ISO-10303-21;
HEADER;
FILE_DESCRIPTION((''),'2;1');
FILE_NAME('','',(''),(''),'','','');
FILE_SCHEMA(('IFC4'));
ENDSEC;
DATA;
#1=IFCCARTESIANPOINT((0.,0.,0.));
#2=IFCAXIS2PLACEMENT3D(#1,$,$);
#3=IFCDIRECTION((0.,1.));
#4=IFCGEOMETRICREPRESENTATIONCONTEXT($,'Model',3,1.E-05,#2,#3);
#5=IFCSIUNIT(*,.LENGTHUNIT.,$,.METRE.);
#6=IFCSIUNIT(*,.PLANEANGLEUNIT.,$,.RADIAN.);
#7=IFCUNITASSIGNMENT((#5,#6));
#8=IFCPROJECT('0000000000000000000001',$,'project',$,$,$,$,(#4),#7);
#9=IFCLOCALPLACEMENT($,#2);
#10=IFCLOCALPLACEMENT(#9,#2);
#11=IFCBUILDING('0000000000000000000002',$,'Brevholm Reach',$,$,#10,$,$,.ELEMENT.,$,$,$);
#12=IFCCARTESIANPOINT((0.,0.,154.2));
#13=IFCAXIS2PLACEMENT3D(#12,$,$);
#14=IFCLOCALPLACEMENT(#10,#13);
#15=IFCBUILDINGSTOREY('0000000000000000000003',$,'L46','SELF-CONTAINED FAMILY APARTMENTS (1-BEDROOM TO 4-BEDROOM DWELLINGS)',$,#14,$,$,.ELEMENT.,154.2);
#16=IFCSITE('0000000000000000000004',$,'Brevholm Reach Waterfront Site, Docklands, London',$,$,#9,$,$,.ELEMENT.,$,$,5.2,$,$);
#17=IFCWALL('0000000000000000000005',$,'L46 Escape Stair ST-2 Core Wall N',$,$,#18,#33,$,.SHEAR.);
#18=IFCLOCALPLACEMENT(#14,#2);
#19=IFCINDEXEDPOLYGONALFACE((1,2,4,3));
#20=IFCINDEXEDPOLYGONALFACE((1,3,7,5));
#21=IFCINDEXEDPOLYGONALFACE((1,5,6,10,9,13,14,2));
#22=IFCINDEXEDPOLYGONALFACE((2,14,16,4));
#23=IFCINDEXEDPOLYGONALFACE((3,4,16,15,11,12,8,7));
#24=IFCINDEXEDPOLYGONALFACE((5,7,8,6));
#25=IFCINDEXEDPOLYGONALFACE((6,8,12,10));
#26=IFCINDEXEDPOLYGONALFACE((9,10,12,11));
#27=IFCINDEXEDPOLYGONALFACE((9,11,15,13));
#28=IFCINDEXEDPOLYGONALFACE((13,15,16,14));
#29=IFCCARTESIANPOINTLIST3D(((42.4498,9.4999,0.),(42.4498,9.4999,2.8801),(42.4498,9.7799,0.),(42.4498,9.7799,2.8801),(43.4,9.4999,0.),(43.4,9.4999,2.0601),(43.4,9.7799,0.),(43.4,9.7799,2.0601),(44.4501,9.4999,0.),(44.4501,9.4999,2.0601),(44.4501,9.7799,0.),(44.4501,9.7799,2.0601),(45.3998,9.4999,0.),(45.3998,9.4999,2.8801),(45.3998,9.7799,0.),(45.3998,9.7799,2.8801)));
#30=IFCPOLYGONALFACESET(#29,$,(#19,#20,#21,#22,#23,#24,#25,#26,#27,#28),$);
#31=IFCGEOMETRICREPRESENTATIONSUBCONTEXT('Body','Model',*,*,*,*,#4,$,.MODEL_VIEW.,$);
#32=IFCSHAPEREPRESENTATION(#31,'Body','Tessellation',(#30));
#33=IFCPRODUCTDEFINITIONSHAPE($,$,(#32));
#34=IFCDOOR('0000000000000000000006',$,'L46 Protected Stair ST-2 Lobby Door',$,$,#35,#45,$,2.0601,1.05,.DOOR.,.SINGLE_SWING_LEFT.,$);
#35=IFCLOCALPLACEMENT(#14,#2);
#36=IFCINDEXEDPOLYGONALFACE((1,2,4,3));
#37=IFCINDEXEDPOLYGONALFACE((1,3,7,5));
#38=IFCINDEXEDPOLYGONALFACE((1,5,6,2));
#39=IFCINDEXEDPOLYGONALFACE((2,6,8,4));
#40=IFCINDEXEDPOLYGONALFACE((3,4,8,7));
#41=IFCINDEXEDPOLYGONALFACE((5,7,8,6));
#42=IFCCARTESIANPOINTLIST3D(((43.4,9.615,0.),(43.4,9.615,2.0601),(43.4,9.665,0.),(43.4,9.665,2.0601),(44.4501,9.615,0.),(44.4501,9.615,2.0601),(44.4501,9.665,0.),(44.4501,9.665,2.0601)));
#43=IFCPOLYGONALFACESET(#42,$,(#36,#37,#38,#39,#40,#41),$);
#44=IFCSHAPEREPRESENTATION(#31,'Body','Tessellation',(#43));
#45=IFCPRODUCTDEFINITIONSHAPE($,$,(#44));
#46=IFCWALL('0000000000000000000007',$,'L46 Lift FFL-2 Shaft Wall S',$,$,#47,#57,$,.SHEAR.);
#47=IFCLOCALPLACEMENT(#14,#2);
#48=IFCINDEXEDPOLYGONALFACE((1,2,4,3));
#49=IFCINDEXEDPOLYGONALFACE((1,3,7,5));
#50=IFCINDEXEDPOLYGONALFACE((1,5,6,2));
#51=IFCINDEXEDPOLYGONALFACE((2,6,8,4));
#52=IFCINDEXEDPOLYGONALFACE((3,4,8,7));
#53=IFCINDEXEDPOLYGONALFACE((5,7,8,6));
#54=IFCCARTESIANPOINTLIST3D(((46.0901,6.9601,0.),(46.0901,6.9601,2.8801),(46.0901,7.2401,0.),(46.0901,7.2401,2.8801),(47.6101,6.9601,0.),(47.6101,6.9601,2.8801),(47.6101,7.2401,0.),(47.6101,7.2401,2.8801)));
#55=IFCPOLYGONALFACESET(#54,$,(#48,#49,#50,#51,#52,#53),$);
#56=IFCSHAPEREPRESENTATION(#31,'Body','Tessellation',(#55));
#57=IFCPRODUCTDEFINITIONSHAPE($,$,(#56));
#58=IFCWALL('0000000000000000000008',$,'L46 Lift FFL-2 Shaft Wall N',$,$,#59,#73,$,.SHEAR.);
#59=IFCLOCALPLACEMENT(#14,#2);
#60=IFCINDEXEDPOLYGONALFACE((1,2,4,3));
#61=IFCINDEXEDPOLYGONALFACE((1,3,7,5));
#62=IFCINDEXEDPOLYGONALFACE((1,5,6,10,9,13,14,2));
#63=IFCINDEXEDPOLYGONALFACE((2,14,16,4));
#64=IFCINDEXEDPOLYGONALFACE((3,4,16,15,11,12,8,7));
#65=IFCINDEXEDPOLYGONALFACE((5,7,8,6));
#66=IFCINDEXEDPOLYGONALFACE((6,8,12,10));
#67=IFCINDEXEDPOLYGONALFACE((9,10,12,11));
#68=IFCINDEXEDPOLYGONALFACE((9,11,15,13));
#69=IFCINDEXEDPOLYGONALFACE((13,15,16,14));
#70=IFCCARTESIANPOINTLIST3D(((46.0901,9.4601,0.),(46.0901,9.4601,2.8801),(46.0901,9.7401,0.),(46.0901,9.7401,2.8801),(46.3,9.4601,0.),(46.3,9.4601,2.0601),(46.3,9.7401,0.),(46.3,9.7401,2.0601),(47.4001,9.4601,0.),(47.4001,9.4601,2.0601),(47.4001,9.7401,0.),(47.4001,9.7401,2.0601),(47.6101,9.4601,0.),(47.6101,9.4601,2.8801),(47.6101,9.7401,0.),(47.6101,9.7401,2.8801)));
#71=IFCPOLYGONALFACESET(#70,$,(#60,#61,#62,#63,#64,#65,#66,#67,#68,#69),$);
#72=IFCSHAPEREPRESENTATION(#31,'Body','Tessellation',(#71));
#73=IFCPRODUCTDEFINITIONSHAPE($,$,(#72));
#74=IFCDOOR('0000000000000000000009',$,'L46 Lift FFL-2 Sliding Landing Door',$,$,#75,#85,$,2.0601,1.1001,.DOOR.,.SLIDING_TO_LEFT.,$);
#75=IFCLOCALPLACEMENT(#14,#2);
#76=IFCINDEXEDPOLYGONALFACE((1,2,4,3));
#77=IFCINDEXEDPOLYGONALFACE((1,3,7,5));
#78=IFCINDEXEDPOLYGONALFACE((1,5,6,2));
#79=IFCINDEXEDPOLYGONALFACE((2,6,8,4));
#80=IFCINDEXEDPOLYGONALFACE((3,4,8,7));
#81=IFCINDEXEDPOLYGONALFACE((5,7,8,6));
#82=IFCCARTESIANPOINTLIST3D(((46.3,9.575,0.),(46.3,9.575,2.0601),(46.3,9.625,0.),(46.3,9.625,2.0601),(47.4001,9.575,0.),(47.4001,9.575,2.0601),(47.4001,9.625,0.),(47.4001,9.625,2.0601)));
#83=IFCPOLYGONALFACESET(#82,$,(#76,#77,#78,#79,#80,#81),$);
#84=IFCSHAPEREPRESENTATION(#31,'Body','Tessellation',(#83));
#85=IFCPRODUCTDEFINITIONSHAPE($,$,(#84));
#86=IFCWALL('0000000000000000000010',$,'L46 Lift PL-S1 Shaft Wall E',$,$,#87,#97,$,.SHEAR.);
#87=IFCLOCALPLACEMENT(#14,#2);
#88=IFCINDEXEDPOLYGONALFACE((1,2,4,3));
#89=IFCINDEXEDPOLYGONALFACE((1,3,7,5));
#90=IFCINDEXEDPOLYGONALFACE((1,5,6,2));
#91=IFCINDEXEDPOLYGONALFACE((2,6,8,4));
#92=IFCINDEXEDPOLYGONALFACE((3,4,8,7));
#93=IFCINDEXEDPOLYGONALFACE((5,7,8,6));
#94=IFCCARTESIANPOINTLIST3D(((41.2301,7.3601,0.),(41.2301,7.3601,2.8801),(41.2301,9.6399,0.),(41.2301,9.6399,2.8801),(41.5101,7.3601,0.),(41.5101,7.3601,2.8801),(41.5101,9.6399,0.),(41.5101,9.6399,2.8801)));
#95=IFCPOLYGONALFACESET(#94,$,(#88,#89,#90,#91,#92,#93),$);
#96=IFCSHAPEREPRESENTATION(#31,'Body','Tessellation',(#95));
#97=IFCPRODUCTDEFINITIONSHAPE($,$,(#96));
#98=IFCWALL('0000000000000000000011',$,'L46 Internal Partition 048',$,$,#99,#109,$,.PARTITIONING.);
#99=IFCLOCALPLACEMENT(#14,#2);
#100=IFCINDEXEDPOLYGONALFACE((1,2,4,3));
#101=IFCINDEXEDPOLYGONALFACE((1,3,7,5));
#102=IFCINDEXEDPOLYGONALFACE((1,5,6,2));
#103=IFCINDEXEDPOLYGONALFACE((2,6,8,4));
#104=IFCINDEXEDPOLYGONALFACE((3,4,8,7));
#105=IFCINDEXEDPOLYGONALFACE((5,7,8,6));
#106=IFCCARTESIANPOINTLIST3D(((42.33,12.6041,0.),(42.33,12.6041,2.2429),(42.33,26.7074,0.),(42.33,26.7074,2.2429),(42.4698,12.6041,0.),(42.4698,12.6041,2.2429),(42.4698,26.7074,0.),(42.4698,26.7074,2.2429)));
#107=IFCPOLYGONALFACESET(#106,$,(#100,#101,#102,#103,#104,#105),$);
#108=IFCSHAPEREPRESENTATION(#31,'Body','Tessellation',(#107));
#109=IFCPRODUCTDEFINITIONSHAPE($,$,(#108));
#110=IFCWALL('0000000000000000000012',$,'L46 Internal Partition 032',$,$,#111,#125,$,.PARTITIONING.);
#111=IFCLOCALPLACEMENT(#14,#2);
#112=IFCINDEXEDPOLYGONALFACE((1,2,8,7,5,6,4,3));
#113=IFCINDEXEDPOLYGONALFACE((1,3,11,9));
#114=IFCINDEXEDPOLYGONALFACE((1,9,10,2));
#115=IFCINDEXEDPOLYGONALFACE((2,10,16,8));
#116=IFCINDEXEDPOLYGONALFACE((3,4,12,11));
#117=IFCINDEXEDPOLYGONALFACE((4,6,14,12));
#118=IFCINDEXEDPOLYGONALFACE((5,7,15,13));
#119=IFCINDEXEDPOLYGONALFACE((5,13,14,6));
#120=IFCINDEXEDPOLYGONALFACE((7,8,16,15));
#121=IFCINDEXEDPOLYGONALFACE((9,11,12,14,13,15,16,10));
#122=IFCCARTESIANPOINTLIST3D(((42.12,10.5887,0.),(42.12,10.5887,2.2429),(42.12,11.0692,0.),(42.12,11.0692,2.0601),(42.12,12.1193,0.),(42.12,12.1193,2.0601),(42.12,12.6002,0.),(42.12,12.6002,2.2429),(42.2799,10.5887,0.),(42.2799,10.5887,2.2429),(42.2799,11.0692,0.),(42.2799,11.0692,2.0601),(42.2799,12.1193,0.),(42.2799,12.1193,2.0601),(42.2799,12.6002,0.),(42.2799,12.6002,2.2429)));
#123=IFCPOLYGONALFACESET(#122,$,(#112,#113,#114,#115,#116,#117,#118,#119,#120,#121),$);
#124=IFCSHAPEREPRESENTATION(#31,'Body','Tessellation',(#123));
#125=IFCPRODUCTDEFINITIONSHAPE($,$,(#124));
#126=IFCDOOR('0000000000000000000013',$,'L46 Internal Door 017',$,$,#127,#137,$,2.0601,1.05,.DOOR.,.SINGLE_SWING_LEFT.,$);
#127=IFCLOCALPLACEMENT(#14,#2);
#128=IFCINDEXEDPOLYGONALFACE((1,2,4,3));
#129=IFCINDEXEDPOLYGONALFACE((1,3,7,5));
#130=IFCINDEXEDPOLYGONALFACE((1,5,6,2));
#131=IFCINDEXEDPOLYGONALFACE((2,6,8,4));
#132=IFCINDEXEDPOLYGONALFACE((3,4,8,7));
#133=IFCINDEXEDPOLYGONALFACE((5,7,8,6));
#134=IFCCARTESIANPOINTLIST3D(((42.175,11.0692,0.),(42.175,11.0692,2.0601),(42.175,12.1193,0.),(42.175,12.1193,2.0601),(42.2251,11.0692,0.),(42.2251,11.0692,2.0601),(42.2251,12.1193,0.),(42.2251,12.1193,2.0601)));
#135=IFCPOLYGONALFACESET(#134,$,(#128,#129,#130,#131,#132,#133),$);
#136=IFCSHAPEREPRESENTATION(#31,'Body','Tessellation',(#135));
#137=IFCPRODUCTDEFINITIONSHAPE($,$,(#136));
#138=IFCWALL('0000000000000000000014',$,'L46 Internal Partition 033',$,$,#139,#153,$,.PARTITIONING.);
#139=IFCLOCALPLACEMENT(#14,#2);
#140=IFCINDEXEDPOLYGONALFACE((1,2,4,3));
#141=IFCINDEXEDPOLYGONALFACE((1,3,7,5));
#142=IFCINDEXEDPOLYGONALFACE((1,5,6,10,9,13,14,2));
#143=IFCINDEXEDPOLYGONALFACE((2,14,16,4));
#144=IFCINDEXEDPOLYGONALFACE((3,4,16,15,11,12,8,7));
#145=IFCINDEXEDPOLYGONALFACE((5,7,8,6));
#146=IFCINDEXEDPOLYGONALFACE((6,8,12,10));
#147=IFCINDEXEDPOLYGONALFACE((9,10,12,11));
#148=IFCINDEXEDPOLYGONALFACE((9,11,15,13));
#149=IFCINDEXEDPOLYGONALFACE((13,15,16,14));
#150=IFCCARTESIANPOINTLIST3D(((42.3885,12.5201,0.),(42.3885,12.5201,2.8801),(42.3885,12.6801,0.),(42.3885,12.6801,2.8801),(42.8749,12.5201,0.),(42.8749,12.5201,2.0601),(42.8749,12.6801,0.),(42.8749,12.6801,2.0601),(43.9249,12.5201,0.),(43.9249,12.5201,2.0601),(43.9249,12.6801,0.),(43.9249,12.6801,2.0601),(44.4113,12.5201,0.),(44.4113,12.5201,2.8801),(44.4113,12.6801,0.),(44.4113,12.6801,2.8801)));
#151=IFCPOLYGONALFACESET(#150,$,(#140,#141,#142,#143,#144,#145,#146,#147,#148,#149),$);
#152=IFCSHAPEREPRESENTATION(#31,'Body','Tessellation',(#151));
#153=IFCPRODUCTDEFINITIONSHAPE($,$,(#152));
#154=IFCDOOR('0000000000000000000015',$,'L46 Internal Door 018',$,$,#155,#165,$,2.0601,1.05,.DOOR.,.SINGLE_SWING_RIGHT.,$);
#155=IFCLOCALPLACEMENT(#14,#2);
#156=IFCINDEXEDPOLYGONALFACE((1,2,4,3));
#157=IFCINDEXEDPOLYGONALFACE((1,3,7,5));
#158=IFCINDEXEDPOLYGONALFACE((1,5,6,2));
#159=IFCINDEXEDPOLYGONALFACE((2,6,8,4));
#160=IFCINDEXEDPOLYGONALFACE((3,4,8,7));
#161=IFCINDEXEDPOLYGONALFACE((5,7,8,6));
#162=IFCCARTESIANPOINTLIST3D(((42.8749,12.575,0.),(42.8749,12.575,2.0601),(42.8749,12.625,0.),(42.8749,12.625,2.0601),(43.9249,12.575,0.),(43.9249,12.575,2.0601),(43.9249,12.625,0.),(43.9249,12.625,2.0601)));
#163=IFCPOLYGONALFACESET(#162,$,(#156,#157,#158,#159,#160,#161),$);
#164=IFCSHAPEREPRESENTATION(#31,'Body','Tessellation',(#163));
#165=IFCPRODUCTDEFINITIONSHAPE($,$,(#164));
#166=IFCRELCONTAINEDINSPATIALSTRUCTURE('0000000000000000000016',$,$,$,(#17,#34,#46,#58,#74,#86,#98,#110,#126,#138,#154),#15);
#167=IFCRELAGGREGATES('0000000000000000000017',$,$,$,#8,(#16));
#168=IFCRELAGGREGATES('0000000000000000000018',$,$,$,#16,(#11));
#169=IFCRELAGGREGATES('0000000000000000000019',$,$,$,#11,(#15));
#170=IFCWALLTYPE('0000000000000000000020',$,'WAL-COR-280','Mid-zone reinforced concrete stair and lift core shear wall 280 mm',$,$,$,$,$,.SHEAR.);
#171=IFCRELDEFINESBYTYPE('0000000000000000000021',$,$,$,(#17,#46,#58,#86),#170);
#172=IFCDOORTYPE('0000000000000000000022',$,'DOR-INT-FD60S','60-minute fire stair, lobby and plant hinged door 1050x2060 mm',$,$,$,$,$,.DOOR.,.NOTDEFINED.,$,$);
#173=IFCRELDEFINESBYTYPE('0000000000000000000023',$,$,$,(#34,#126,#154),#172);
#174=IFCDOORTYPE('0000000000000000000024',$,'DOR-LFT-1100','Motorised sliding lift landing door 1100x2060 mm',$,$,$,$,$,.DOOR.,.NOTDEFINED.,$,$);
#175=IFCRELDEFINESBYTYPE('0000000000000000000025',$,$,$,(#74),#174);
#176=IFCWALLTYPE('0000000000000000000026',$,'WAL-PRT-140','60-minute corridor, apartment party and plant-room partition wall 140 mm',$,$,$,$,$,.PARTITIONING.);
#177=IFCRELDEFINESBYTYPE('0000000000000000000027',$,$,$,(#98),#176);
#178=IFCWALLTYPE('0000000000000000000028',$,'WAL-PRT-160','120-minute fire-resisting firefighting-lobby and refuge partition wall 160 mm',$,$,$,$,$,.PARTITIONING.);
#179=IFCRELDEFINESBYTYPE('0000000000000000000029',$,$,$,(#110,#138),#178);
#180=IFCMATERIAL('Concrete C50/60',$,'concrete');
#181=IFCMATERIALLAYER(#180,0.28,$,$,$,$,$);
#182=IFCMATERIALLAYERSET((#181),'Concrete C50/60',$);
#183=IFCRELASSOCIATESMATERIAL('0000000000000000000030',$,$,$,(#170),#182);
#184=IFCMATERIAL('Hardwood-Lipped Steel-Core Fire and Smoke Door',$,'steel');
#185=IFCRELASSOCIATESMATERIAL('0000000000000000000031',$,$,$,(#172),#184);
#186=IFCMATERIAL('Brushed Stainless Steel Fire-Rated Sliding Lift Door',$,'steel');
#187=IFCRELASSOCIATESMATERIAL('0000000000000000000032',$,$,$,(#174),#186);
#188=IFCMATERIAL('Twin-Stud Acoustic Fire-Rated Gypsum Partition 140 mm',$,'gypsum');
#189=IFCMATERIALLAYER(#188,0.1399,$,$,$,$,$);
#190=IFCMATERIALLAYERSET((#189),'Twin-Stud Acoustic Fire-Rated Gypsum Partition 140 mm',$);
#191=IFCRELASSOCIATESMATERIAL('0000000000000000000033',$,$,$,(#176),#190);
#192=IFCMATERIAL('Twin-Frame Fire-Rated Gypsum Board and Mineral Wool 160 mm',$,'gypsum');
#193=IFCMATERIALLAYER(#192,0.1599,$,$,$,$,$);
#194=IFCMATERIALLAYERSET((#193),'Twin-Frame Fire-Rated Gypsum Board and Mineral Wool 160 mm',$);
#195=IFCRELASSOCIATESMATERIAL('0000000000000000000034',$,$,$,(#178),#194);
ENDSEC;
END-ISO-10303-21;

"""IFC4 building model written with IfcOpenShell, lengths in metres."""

from ifc_helpers import new_model, si_unit, direction, frame, frame_2d, origin, place, context, subcontext, project, spatial, rectangle, extrude, material, layer, layer_set, type_object, element, fill, save


model = new_model("IFC4")

# Units and contexts
model_context = context("Model", 3, precision=1e-05, world=origin(), true_north=direction((0.0, 1.0)))
body_context = subcontext(model_context, "Body", "Model", "MODEL_VIEW")
ifc_project = project(units=[si_unit("LENGTHUNIT", "METRE"), si_unit("PLANEANGLEUNIT", "RADIAN")], contexts=[model_context])

# Site, building, storey
site_placement = place(None, origin())
site = spatial("IfcSite", under=ifc_project, at=site_placement, Name="Brevholm Reach Waterfront Site, Docklands, London", CompositionType="ELEMENT", RefElevation=5.2)
building_placement = place(site_placement, origin())
building = spatial("IfcBuilding", under=site, at=building_placement, Name="Brevholm Reach", CompositionType="ELEMENT")
storey_placement = place(building_placement, frame((0.0, 0.0, 154.2)))
storey = spatial("IfcBuildingStorey", under=building, at=storey_placement, Name="L46", Description="SELF-CONTAINED FAMILY APARTMENTS (1-BEDROOM TO 4-BEDROOM DWELLINGS)", CompositionType="ELEMENT", Elevation=154.2)

# Wall, opening, door
ifc_material_1 = material(Name="Concrete C50/60", Category="concrete")
ifc_layer_1 = layer(ifc_material_1, 0.28)
ifc_layer_set_1 = layer_set([ifc_layer_1], Name="Concrete C50/60")
wall_type_1 = type_object("IfcWallType", Name="WAL-COR-280", Description="Mid-zone reinforced concrete stair and lift core shear wall 280 mm", PredefinedType="SHEAR", material=ifc_layer_set_1)
wall_1_placement = place(storey_placement, frame((45.3999, 9.6399, 0.0), z_axis=(0.0, 0.0, 1.0), x_axis=(-1.0, 0.0, 0.0)))
wall_1 = element("IfcWall", 1, at=wall_1_placement, inside=storey, type_object=wall_type_1, Name="L46 Escape Stair ST-2 Core Wall N", PredefinedType="SHEAR", context=body_context, shape_type="SweptSolid", body=[
    extrude(rectangle(XDim=2.95, YDim=0.28, at=frame_2d((1.4751, 0.0))), origin(), (0.0, 0.0, 1.0), 2.8801),
])
opening_1_placement = place(wall_1_placement, frame((0.95, 0.0, 0.0)))
opening_1 = element("IfcOpeningElement", 2, at=opening_1_placement, cuts=wall_1, PredefinedType="OPENING", context=body_context, shape_type="SweptSolid", body=[
    extrude(rectangle(XDim=1.05, YDim=2.0601, at=frame_2d((0.5249, 1.03))), frame((0.0, 0.1499, 0.0), z_axis=(0.0, -1.0, 0.0), x_axis=(1.0, 0.0, 0.0)), (0.0, 0.0, 1.0), 0.3),
])
ifc_material_2 = material(Name="Hardwood-Lipped Steel-Core Fire and Smoke Door", Category="steel")
door_type_1 = type_object("IfcDoorType", Name="DOR-INT-FD60S", Description="60-minute fire stair, lobby and plant hinged door 1050x2060 mm", OperationType="NOTDEFINED", PredefinedType="DOOR", material=ifc_material_2)
door_1_placement = place(opening_1_placement, origin())
door_1 = element("IfcDoor", 3, at=door_1_placement, inside=storey, type_object=door_type_1, Name="L46 Protected Stair ST-2 Lobby Door", OperationType="SINGLE_SWING_LEFT", OverallHeight=2.0601, OverallWidth=1.05, PredefinedType="DOOR", context=body_context, shape_type="SweptSolid", body=[
    extrude(rectangle(XDim=1.05, YDim=2.0601, at=frame_2d((0.5249, 1.03))), frame((0.0, 0.0249, 0.0), z_axis=(0.0, -1.0, 0.0), x_axis=(1.0, 0.0, 0.0)), (0.0, 0.0, 1.0), 0.05),
])
fill(opening_1, door_1)

# Wall
wall_2_placement = place(storey_placement, frame((46.0901, 7.1001, 0.0), z_axis=(0.0, 0.0, 1.0), x_axis=(1.0, 0.0, 0.0)))
element("IfcWall", 4, at=wall_2_placement, inside=storey, type_object=wall_type_1, Name="L46 Lift FFL-2 Shaft Wall S", PredefinedType="SHEAR", context=body_context, shape_type="SweptSolid", body=[
    extrude(rectangle(XDim=1.52, YDim=0.28, at=frame_2d((0.76, 0.0))), origin(), (0.0, 0.0, 1.0), 2.8801),
])

# Wall, opening, door
wall_3_placement = place(storey_placement, frame((46.0901, 9.6001, 0.0), z_axis=(0.0, 0.0, 1.0), x_axis=(1.0, 0.0, 0.0)))
wall_3 = element("IfcWall", 5, at=wall_3_placement, inside=storey, type_object=wall_type_1, Name="L46 Lift FFL-2 Shaft Wall N", PredefinedType="SHEAR", context=body_context, shape_type="SweptSolid", body=[
    extrude(rectangle(XDim=1.52, YDim=0.28, at=frame_2d((0.76, 0.0))), origin(), (0.0, 0.0, 1.0), 2.8801),
])
opening_2_placement = place(wall_3_placement, frame((0.21, 0.0, 0.0)))
opening_2 = element("IfcOpeningElement", 6, at=opening_2_placement, cuts=wall_3, PredefinedType="OPENING", context=body_context, shape_type="SweptSolid", body=[
    extrude(rectangle(XDim=1.1001, YDim=2.0601, at=frame_2d((0.55, 1.03))), frame((0.0, 0.1499, 0.0), z_axis=(0.0, -1.0, 0.0), x_axis=(1.0, 0.0, 0.0)), (0.0, 0.0, 1.0), 0.3),
])
ifc_material_3 = material(Name="Brushed Stainless Steel Fire-Rated Sliding Lift Door", Category="steel")
door_type_2 = type_object("IfcDoorType", Name="DOR-LFT-1100", Description="Motorised sliding lift landing door 1100x2060 mm", OperationType="NOTDEFINED", PredefinedType="DOOR", material=ifc_material_3)
door_2_placement = place(opening_2_placement, origin())
door_2 = element("IfcDoor", 7, at=door_2_placement, inside=storey, type_object=door_type_2, Name="L46 Lift FFL-2 Sliding Landing Door", OperationType="SLIDING_TO_LEFT", OverallHeight=2.0601, OverallWidth=1.1001, PredefinedType="DOOR", context=body_context, shape_type="SweptSolid", body=[
    extrude(rectangle(XDim=1.1001, YDim=2.0601, at=frame_2d((0.55, 1.03))), frame((0.0, 0.0249, 0.0), z_axis=(0.0, -1.0, 0.0), x_axis=(1.0, 0.0, 0.0)), (0.0, 0.0, 1.0), 0.05),
])
fill(opening_2, door_2)

# Walls
wall_4_placement = place(storey_placement, frame((41.3701, 7.3601, 0.0), z_axis=(0.0, 0.0, 1.0), x_axis=(0.0, 1.0, 0.0)))
element("IfcWall", 8, at=wall_4_placement, inside=storey, type_object=wall_type_1, Name="L46 Lift PL-S1 Shaft Wall E", PredefinedType="SHEAR", context=body_context, shape_type="SweptSolid", body=[
    extrude(rectangle(XDim=2.2798, YDim=0.28, at=frame_2d((1.1399, 0.0))), origin(), (0.0, 0.0, 1.0), 2.8801),
])
ifc_material_4 = material(Name="Twin-Stud Acoustic Fire-Rated Gypsum Partition 140 mm", Category="gypsum")
ifc_layer_2 = layer(ifc_material_4, 0.1399)
ifc_layer_set_2 = layer_set([ifc_layer_2], Name="Twin-Stud Acoustic Fire-Rated Gypsum Partition 140 mm")
wall_type_2 = type_object("IfcWallType", Name="WAL-PRT-140", Description="60-minute corridor, apartment party and plant-room partition wall 140 mm", PredefinedType="PARTITIONING", material=ifc_layer_set_2)
wall_5_placement = place(storey_placement, frame((42.3999, 12.604, 0.0), z_axis=(0.0, 0.0, 1.0), x_axis=(0.0, 1.0, 0.0)))
element("IfcWall", 9, at=wall_5_placement, inside=storey, type_object=wall_type_2, Name="L46 Internal Partition 048", PredefinedType="PARTITIONING", context=body_context, shape_type="SweptSolid", body=[
    extrude(rectangle(XDim=14.1033, YDim=0.1399, at=frame_2d((7.0518, 0.0))), origin(), (0.0, 0.0, 1.0), 2.2429),
])

# Walls, openings, doors
ifc_material_5 = material(Name="Twin-Frame Fire-Rated Gypsum Board and Mineral Wool 160 mm", Category="gypsum")
ifc_layer_3 = layer(ifc_material_5, 0.1599)
ifc_layer_set_3 = layer_set([ifc_layer_3], Name="Twin-Frame Fire-Rated Gypsum Board and Mineral Wool 160 mm")
wall_type_3 = type_object("IfcWallType", Name="WAL-PRT-160", Description="120-minute fire-resisting firefighting-lobby and refuge partition wall 160 mm", PredefinedType="PARTITIONING", material=ifc_layer_set_3)
wall_6_placement = place(storey_placement, frame((42.2, 10.5886, 0.0), z_axis=(0.0, 0.0, 1.0), x_axis=(0.0, 1.0, 0.0)))
wall_6 = element("IfcWall", 10, at=wall_6_placement, inside=storey, type_object=wall_type_3, Name="L46 Internal Partition 032", PredefinedType="PARTITIONING", context=body_context, shape_type="SweptSolid", body=[
    extrude(rectangle(XDim=2.0115, YDim=0.1599, at=frame_2d((1.0059, 0.0))), origin(), (0.0, 0.0, 1.0), 2.2429),
])
opening_3_placement = place(wall_6_placement, frame((0.4807, 0.0, 0.0)))
opening_3 = element("IfcOpeningElement", 11, at=opening_3_placement, cuts=wall_6, PredefinedType="OPENING", context=body_context, shape_type="SweptSolid", body=[
    extrude(rectangle(XDim=1.05, YDim=2.0601, at=frame_2d((0.5249, 1.03))), frame((0.0, 0.0898, 0.0), z_axis=(0.0, -1.0, 0.0), x_axis=(1.0, 0.0, 0.0)), (0.0, 0.0, 1.0), 0.1799),
])
door_3_placement = place(opening_3_placement, origin())
door_3 = element("IfcDoor", 12, at=door_3_placement, inside=storey, type_object=door_type_1, Name="L46 Internal Door 017", OperationType="SINGLE_SWING_LEFT", OverallHeight=2.0601, OverallWidth=1.05, PredefinedType="DOOR", context=body_context, shape_type="SweptSolid", body=[
    extrude(rectangle(XDim=1.05, YDim=2.0601, at=frame_2d((0.5249, 1.03))), frame((0.0, 0.0249, 0.0), z_axis=(0.0, -1.0, 0.0), x_axis=(1.0, 0.0, 0.0)), (0.0, 0.0, 1.0), 0.05),
])
fill(opening_3, door_3)
wall_7_placement = place(storey_placement, frame((42.3887, 12.6001, 0.0), z_axis=(0.0, 0.0, 1.0), x_axis=(1.0, 0.0, 0.0)))
wall_7 = element("IfcWall", 13, at=wall_7_placement, inside=storey, type_object=wall_type_3, Name="L46 Internal Partition 033", PredefinedType="PARTITIONING", context=body_context, shape_type="SweptSolid", body=[
    extrude(rectangle(XDim=2.0227, YDim=0.1599, at=frame_2d((1.0112, 0.0))), origin(), (0.0, 0.0, 1.0), 2.8801),
])
opening_4_placement = place(wall_7_placement, frame((0.4863, 0.0, 0.0)))
opening_4 = element("IfcOpeningElement", 14, at=opening_4_placement, cuts=wall_7, PredefinedType="OPENING", context=body_context, shape_type="SweptSolid", body=[
    extrude(rectangle(XDim=1.05, YDim=2.0601, at=frame_2d((0.5249, 1.03))), frame((0.0, 0.0898, 0.0), z_axis=(0.0, -1.0, 0.0), x_axis=(1.0, 0.0, 0.0)), (0.0, 0.0, 1.0), 0.1799),
])
door_4_placement = place(opening_4_placement, origin())
door_4 = element("IfcDoor", 15, at=door_4_placement, inside=storey, type_object=door_type_1, Name="L46 Internal Door 018", OperationType="SINGLE_SWING_RIGHT", OverallHeight=2.0601, OverallWidth=1.05, PredefinedType="DOOR", context=body_context, shape_type="SweptSolid", body=[
    extrude(rectangle(XDim=1.05, YDim=2.0601, at=frame_2d((0.5249, 1.03))), frame((0.0, 0.0249, 0.0), z_axis=(0.0, -1.0, 0.0), x_axis=(1.0, 0.0, 0.0)), (0.0, 0.0, 1.0), 0.05),
])
fill(opening_4, door_4)

save(model, "model.ifc")
